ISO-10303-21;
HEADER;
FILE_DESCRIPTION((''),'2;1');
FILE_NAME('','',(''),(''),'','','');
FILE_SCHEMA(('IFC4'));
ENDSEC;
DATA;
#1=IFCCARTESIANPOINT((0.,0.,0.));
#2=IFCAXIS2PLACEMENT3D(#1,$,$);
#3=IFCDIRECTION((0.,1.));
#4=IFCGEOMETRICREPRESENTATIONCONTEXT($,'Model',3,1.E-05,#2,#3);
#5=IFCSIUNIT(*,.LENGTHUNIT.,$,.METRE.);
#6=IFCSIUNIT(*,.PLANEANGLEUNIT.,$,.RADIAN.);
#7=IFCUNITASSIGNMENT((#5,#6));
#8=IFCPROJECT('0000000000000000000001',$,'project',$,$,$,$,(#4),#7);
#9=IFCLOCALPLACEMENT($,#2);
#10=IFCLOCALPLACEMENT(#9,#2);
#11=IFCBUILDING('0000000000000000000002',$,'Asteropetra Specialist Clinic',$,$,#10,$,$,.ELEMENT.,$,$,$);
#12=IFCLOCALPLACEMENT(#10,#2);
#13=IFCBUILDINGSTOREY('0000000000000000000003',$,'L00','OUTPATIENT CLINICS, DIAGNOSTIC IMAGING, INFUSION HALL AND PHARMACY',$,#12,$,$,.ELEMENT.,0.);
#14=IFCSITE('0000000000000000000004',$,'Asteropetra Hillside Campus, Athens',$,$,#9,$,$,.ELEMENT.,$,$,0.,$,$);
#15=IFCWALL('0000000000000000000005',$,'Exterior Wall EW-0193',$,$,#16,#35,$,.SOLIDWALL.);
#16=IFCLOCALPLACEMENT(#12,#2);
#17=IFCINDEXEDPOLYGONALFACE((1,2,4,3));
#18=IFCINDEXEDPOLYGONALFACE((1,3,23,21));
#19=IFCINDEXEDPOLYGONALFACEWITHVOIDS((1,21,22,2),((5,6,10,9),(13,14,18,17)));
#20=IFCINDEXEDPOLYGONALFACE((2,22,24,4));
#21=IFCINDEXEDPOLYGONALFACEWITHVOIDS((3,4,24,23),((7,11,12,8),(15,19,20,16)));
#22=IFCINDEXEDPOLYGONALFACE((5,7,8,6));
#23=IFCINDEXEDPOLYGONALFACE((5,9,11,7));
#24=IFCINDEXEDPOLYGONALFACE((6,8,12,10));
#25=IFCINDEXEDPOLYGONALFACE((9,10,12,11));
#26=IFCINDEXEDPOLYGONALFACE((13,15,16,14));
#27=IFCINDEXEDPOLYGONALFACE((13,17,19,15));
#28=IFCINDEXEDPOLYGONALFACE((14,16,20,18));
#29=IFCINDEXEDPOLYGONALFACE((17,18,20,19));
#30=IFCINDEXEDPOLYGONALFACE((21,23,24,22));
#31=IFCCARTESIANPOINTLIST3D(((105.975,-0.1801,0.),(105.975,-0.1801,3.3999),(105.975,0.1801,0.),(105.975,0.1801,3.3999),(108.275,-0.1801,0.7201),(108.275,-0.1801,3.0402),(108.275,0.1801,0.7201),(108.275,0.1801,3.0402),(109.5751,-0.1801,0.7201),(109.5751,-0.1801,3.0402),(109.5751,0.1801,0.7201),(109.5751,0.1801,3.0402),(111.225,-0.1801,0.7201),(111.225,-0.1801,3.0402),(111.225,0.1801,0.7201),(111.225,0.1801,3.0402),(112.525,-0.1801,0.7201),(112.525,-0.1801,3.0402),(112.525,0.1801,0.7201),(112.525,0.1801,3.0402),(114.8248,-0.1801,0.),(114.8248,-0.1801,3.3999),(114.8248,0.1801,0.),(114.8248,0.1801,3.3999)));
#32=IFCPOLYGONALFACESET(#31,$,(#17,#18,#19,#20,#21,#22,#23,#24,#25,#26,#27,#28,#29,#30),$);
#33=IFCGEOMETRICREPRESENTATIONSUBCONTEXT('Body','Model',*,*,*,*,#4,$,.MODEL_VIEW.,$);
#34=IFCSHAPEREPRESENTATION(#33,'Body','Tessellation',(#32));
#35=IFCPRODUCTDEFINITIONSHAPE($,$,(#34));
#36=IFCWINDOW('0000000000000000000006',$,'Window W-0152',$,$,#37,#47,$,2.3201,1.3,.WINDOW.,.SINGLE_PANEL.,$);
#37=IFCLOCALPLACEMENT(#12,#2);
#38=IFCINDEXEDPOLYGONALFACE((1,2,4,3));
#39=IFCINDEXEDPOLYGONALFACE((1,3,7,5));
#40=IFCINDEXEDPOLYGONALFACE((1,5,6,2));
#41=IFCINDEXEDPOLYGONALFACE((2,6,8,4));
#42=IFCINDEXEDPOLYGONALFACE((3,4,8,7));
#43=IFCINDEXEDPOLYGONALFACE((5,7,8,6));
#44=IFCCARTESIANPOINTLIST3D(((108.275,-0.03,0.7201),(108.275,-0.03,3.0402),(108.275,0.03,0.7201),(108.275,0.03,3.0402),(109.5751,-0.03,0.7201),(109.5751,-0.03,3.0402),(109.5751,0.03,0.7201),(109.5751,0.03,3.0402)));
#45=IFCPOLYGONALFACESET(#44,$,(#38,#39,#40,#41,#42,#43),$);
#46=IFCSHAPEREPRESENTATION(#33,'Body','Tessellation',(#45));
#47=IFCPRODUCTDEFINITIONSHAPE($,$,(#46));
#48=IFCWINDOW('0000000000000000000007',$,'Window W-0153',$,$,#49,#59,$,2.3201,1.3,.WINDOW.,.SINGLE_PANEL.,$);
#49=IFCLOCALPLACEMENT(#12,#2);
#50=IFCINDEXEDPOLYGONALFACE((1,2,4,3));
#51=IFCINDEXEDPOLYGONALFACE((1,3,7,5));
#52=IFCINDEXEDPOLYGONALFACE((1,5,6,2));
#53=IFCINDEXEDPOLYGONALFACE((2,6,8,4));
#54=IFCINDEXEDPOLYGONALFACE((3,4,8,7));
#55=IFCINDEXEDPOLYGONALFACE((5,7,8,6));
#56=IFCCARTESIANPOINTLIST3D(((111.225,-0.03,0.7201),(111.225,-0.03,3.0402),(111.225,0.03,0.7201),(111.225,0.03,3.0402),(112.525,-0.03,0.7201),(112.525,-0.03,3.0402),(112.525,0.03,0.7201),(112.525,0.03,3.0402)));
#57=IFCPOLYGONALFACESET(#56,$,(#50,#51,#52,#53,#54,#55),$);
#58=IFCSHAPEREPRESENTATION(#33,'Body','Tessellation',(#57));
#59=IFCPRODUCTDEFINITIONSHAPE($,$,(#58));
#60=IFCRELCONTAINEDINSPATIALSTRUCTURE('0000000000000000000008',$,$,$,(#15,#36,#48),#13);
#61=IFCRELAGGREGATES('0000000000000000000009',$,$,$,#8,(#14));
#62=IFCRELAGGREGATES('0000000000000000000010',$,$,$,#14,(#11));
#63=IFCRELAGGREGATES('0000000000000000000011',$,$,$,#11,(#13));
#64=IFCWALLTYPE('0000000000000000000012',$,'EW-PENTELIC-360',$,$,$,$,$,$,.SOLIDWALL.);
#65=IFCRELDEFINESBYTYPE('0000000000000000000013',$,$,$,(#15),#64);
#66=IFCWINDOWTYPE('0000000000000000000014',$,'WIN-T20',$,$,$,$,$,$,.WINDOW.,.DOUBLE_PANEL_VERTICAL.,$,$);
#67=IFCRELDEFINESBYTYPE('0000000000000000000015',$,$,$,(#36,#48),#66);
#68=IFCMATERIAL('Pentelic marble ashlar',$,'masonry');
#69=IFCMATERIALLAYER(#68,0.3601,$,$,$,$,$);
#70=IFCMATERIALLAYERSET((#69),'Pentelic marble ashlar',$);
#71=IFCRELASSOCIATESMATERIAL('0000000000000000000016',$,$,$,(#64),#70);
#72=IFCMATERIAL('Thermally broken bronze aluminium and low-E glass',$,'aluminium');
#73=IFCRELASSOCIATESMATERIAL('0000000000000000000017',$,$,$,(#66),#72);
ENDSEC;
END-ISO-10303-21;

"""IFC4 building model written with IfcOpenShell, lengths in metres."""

from ifc_helpers import new_model, si_unit, direction, frame, frame_2d, origin, place, context, subcontext, project, spatial, rectangle, extrude, material, layer, layer_set, type_object, element, fill, save


model = new_model("IFC4")

# Units and contexts
model_context = context("Model", 3, precision=1e-05, world=origin(), true_north=direction((0.0, 1.0)))
body_context = subcontext(model_context, "Body", "Model", "MODEL_VIEW")
ifc_project = project(units=[si_unit("LENGTHUNIT", "METRE"), si_unit("PLANEANGLEUNIT", "RADIAN")], contexts=[model_context])

# Site, building, storey
site_placement = place(None, origin())
site = spatial("IfcSite", under=ifc_project, at=site_placement, Name="Asteropetra Hillside Campus, Athens", CompositionType="ELEMENT", RefElevation=0.0)
building_placement = place(site_placement, origin())
building = spatial("IfcBuilding", under=site, at=building_placement, Name="Asteropetra Specialist Clinic", CompositionType="ELEMENT")
storey_placement = place(building_placement, origin())
storey = spatial("IfcBuildingStorey", under=building, at=storey_placement, Name="L00", Description="OUTPATIENT CLINICS, DIAGNOSTIC IMAGING, INFUSION HALL AND PHARMACY", CompositionType="ELEMENT", Elevation=0.0)

# Wall, openings, windows
ifc_material_1 = material(Name="Pentelic marble ashlar", Category="masonry")
ifc_layer_1 = layer(ifc_material_1, 0.3601)
ifc_layer_set_1 = layer_set([ifc_layer_1], Name="Pentelic marble ashlar")
wall_type = type_object("IfcWallType", Name="EW-PENTELIC-360", PredefinedType="SOLIDWALL", material=ifc_layer_set_1)
wall_placement = place(storey_placement, frame((105.9751, 0.0, 0.0), z_axis=(0.0, 0.0, 1.0), x_axis=(1.0, 0.0, 0.0)))
wall = element("IfcWall", 1, at=wall_placement, inside=storey, type_object=wall_type, Name="Exterior Wall EW-0193", PredefinedType="SOLIDWALL", context=body_context, shape_type="SweptSolid", body=[
    extrude(rectangle(XDim=8.8499, YDim=0.3601, at=frame_2d((4.4248, 0.0))), origin(), (0.0, 0.0, 1.0), 3.3999),
])
opening_1_placement = place(wall_placement, frame((2.3, 0.0, 0.72)))
opening_1 = element("IfcOpeningElement", 2, at=opening_1_placement, cuts=wall, PredefinedType="OPENING", context=body_context, shape_type="SweptSolid", body=[
    extrude(rectangle(XDim=1.3, YDim=2.3201, at=frame_2d((0.6499, 1.1602))), frame((0.0, 0.1899, 0.0), z_axis=(0.0, -1.0, 0.0), x_axis=(1.0, 0.0, 0.0)), (0.0, 0.0, 1.0), 0.3801),
])
opening_2_placement = place(wall_placement, frame((5.25, 0.0, 0.72)))
opening_2 = element("IfcOpeningElement", 3, at=opening_2_placement, cuts=wall, PredefinedType="OPENING", context=body_context, shape_type="SweptSolid", body=[
    extrude(rectangle(XDim=1.3, YDim=2.3201, at=frame_2d((0.6499, 1.1602))), frame((0.0, 0.1899, 0.0), z_axis=(0.0, -1.0, 0.0), x_axis=(1.0, 0.0, 0.0)), (0.0, 0.0, 1.0), 0.3801),
])
ifc_material_2 = material(Name="Thermally broken bronze aluminium and low-E glass", Category="aluminium")
window_type = type_object("IfcWindowType", Name="WIN-T20", PartitioningType="DOUBLE_PANEL_VERTICAL", PredefinedType="WINDOW", material=ifc_material_2)
window_1_placement = place(opening_1_placement, origin())
window_1 = element("IfcWindow", 4, at=window_1_placement, inside=storey, type_object=window_type, Name="Window W-0152", OverallHeight=2.3201, OverallWidth=1.3, PartitioningType="SINGLE_PANEL", PredefinedType="WINDOW", context=body_context, shape_type="SweptSolid", body=[
    extrude(rectangle(XDim=1.3, YDim=2.3201, at=frame_2d((0.6499, 1.1602))), frame((0.0, 0.03, 0.0), z_axis=(0.0, -1.0, 0.0), x_axis=(1.0, 0.0, 0.0)), (0.0, 0.0, 1.0), 0.0601),
])
fill(opening_1, window_1)
window_2_placement = place(opening_2_placement, origin())
window_2 = element("IfcWindow", 5, at=window_2_placement, inside=storey, type_object=window_type, Name="Window W-0153", OverallHeight=2.3201, OverallWidth=1.3, PartitioningType="SINGLE_PANEL", PredefinedType="WINDOW", context=body_context, shape_type="SweptSolid", body=[
    extrude(rectangle(XDim=1.3, YDim=2.3201, at=frame_2d((0.6499, 1.1602))), frame((0.0, 0.03, 0.0), z_axis=(0.0, -1.0, 0.0), x_axis=(1.0, 0.0, 0.0)), (0.0, 0.0, 1.0), 0.0601),
])
fill(opening_2, window_2)

save(model, "model.ifc")
